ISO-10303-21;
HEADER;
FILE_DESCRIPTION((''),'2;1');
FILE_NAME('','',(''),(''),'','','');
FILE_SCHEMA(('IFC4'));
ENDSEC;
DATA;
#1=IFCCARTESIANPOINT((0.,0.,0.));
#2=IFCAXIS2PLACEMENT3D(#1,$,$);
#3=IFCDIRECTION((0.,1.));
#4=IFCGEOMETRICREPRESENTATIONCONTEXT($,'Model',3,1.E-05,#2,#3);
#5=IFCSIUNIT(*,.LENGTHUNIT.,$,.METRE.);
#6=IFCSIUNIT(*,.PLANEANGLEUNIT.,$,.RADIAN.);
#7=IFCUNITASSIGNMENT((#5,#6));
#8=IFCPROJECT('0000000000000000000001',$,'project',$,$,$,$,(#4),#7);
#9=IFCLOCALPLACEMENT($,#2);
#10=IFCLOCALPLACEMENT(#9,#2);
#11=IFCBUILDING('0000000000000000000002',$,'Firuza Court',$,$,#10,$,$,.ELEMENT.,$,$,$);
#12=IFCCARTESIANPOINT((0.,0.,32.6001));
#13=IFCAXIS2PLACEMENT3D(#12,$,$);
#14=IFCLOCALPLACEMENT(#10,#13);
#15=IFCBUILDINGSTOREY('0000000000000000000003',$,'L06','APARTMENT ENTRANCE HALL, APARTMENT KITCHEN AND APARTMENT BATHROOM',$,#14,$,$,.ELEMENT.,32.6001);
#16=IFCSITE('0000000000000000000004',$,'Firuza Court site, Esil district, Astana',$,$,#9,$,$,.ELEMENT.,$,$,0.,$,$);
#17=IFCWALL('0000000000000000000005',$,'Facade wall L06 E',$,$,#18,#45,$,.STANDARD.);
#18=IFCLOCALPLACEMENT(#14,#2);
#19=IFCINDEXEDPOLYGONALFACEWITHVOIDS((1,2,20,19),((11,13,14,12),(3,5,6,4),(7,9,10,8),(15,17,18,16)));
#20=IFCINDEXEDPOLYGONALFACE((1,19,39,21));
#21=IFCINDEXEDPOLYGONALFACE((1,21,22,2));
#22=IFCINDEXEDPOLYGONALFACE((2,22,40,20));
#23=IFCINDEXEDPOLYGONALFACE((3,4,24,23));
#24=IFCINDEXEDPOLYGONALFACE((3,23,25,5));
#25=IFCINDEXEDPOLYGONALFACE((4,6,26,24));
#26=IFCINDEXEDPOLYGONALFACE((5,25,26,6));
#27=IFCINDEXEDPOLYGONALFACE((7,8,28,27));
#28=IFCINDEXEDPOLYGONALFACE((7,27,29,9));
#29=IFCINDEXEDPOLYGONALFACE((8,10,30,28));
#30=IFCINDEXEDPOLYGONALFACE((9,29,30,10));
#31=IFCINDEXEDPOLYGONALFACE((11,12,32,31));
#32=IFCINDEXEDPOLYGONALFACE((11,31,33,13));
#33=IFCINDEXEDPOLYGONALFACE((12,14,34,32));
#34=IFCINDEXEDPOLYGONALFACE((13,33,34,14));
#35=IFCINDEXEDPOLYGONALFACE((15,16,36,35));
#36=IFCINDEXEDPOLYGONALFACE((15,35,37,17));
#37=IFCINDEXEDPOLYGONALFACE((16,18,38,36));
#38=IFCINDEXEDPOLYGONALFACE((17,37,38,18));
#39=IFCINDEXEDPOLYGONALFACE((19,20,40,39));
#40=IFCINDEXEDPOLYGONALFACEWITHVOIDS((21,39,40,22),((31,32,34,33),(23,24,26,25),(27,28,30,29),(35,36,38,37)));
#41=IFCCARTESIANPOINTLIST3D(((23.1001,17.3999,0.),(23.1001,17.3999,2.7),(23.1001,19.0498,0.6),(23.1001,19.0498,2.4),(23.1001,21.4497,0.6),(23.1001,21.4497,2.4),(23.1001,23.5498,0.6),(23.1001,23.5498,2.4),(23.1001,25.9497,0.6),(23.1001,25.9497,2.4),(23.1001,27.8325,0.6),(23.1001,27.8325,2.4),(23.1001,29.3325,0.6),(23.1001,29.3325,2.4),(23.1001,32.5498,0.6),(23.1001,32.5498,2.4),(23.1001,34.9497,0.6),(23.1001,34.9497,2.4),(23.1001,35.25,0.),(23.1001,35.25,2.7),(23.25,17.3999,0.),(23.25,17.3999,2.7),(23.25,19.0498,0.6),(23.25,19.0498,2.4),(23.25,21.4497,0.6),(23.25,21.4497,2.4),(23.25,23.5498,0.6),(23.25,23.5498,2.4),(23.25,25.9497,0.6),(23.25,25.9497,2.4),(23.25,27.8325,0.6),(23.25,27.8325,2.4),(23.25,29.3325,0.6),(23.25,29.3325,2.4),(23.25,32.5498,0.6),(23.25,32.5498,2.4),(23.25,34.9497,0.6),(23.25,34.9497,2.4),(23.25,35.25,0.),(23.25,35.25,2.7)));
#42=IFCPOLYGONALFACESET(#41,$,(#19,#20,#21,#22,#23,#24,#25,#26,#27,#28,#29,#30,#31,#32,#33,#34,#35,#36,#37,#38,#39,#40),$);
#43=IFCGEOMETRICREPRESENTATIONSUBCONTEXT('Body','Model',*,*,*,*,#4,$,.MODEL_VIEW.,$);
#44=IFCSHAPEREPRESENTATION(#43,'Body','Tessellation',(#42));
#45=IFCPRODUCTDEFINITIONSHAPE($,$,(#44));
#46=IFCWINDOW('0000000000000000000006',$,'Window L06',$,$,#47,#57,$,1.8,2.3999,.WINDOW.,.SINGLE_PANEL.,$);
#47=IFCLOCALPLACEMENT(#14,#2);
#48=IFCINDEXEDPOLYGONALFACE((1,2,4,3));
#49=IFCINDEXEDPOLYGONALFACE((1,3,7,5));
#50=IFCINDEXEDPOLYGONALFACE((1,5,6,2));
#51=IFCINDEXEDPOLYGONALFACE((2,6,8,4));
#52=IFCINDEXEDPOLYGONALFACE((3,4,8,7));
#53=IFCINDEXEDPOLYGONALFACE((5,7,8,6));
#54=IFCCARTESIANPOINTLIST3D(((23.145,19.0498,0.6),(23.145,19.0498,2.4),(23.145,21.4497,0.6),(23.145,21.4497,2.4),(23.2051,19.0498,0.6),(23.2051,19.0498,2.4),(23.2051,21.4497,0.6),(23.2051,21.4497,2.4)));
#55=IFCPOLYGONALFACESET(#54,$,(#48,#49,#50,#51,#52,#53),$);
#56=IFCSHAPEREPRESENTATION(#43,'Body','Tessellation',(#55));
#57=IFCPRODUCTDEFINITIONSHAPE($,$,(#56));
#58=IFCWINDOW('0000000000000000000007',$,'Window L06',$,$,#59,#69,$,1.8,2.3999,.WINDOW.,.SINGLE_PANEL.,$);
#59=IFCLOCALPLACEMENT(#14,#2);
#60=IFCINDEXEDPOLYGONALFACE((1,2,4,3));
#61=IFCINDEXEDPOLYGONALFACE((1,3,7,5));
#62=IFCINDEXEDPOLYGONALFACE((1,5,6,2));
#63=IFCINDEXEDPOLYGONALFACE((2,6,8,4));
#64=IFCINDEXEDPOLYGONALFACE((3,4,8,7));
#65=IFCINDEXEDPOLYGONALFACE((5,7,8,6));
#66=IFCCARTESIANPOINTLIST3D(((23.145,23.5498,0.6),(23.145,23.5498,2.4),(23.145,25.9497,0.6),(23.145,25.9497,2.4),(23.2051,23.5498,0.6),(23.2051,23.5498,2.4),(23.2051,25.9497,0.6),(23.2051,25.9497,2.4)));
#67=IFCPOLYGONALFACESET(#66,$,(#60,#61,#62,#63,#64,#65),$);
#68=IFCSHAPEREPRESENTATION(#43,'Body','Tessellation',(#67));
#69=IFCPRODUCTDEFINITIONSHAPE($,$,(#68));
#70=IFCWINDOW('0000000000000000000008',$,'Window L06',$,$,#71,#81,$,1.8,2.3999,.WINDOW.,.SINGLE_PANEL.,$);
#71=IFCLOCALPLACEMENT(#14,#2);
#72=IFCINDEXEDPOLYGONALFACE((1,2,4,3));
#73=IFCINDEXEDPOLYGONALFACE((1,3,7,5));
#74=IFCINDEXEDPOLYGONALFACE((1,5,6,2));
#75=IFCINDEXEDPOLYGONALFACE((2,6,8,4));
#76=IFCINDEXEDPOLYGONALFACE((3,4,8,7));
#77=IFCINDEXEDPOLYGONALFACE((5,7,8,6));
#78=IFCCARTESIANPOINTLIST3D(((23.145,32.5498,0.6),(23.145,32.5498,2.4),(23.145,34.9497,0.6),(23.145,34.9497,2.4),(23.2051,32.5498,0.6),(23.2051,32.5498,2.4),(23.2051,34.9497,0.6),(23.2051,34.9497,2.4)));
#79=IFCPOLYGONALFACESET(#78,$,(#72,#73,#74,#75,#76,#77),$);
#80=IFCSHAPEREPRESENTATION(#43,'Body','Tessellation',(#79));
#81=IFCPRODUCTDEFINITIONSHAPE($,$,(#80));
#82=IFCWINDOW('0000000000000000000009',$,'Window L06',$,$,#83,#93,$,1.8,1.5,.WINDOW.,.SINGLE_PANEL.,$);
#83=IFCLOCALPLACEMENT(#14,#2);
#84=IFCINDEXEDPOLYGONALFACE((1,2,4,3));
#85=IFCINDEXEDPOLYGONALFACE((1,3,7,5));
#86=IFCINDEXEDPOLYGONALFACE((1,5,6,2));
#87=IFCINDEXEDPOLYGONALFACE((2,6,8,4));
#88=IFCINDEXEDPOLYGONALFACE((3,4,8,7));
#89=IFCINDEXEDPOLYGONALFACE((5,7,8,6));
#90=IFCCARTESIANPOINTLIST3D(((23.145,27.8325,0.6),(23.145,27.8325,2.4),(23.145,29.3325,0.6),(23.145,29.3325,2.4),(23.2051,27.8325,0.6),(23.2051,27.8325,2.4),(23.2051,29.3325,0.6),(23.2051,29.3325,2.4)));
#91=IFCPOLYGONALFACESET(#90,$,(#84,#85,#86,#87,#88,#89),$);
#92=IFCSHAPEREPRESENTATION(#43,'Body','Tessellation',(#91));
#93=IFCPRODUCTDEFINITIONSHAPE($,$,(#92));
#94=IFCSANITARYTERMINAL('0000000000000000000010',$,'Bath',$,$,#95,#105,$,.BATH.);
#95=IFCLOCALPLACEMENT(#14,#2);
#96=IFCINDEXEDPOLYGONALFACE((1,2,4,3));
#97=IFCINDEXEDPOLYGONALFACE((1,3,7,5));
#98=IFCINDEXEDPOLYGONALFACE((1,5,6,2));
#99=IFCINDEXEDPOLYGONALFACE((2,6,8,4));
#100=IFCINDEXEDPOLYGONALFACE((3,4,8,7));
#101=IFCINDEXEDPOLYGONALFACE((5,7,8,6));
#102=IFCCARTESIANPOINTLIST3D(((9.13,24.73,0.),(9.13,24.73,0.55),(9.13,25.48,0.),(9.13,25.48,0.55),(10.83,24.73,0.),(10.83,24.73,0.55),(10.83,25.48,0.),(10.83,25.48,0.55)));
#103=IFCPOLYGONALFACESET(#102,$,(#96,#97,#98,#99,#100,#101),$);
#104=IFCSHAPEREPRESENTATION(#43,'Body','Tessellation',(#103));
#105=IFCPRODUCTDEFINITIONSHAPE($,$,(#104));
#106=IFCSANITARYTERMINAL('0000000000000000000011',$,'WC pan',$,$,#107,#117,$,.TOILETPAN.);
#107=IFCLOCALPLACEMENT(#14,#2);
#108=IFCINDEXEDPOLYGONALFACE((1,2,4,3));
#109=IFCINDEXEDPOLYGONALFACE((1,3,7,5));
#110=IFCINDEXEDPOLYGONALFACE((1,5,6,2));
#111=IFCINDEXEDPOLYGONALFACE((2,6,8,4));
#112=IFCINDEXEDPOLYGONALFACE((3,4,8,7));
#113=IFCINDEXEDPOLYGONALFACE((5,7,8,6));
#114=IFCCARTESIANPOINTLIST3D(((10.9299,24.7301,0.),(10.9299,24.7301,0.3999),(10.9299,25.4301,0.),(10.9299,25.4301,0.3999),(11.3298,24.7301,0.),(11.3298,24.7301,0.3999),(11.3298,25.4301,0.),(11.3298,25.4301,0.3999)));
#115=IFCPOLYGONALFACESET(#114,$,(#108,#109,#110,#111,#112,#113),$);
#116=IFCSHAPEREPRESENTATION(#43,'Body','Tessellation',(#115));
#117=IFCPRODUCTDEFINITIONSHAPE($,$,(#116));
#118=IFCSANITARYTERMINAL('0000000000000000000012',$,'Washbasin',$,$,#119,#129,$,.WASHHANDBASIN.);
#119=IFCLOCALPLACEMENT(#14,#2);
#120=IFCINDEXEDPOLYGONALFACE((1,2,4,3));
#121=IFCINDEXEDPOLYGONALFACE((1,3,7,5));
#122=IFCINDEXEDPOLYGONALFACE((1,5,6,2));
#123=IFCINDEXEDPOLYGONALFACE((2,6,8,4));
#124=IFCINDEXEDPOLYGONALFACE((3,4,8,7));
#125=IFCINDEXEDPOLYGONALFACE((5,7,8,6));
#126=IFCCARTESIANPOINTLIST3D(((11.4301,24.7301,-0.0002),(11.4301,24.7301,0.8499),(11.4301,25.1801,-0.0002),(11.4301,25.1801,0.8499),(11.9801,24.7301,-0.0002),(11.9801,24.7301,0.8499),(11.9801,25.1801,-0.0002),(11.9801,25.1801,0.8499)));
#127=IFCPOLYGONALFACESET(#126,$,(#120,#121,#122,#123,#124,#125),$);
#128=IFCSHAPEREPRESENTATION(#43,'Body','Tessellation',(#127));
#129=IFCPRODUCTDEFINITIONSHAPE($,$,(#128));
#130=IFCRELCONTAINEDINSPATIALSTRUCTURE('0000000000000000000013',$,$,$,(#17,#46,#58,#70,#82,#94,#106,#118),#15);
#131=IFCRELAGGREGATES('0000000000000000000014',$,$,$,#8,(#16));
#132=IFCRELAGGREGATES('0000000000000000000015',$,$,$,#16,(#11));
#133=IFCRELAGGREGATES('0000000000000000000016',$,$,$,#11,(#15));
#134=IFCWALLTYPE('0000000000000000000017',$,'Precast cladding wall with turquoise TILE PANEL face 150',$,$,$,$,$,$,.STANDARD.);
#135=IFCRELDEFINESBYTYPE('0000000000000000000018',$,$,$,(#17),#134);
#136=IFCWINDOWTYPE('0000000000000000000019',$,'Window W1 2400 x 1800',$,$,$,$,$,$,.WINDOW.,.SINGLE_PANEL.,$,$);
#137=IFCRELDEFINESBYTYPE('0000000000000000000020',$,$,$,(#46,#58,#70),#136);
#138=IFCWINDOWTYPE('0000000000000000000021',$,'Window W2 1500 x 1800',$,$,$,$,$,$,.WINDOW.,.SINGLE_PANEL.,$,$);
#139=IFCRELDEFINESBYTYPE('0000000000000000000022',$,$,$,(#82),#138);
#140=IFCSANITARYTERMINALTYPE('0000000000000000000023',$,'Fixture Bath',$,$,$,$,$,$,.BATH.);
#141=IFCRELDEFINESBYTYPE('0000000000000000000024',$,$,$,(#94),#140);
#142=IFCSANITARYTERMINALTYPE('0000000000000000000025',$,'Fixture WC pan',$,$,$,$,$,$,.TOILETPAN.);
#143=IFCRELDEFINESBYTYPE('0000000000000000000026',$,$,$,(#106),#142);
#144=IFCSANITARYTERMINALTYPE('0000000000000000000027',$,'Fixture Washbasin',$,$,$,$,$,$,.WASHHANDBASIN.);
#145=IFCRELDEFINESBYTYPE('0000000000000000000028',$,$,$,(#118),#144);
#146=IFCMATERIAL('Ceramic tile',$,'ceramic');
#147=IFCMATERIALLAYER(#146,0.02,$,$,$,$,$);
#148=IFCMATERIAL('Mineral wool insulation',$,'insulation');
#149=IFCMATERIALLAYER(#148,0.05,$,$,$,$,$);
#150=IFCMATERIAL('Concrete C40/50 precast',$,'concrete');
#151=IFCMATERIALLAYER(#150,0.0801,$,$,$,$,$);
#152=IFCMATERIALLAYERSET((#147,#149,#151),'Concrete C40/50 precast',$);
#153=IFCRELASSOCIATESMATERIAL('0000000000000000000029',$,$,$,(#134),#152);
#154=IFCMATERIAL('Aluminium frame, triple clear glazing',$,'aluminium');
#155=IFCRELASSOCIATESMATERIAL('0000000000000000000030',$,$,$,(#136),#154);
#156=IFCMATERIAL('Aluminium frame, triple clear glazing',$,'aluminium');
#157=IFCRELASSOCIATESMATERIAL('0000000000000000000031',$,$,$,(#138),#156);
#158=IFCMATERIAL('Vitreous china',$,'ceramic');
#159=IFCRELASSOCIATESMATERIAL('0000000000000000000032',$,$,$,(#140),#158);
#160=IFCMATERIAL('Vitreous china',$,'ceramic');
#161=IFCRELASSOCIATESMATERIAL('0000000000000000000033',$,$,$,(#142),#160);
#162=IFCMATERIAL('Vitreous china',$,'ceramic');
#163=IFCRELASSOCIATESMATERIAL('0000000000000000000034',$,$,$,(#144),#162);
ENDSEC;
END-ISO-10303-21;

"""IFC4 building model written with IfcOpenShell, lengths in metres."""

from ifc_helpers import new_model, si_unit, direction, frame, frame_2d, origin, origin_2d, place, context, subcontext, project, spatial, rectangle, extrude, material, layer, layer_set, type_object, element, fill, save


model = new_model("IFC4")

# Units and contexts
model_context = context("Model", 3, precision=1e-05, world=origin(), true_north=direction((0.0, 1.0)))
body_context = subcontext(model_context, "Body", "Model", "MODEL_VIEW")
ifc_project = project(units=[si_unit("LENGTHUNIT", "METRE"), si_unit("PLANEANGLEUNIT", "RADIAN")], contexts=[model_context])

# Site, building, storey
site_placement = place(None, origin())
site = spatial("IfcSite", under=ifc_project, at=site_placement, Name="Firuza Court site, Esil district, Astana", CompositionType="ELEMENT", RefElevation=0.0)
building_placement = place(site_placement, origin())
building = spatial("IfcBuilding", under=site, at=building_placement, Name="Firuza Court", CompositionType="ELEMENT")
storey_placement = place(building_placement, frame((0.0, 0.0, 32.6001)))
storey = spatial("IfcBuildingStorey", under=building, at=storey_placement, Name="L06", Description="APARTMENT ENTRANCE HALL, APARTMENT KITCHEN AND APARTMENT BATHROOM", CompositionType="ELEMENT", Elevation=32.6001)

# Shared definitions
ifc_material_1 = material(Name="Ceramic tile", Category="ceramic")
ifc_layer_1 = layer(ifc_material_1, 0.02)
ifc_material_2 = material(Name="Mineral wool insulation", Category="insulation")
ifc_layer_2 = layer(ifc_material_2, 0.05)
ifc_material_3 = material(Name="Concrete C40/50 precast", Category="concrete")
ifc_layer_3 = layer(ifc_material_3, 0.0801)
ifc_layer_set_1 = layer_set([ifc_layer_1, ifc_layer_2, ifc_layer_3], Name="Concrete C40/50 precast")
wall_type_1 = type_object("IfcWallType", Name="Precast cladding wall with turquoise TILE PANEL face 150", PredefinedType="STANDARD", material=ifc_layer_set_1)
ifc_material_4 = material(Name="Aluminium frame, triple clear glazing", Category="aluminium")
window_type_1 = type_object("IfcWindowType", Name="Window W1 2400 x 1800", PartitioningType="SINGLE_PANEL", PredefinedType="WINDOW", material=ifc_material_4)

# Wall, openings, windows
wall_1_placement = place(storey_placement, frame((23.175, 17.3999, 0.0), z_axis=(0.0, 0.0, 1.0), x_axis=(0.0, 1.0, 0.0)))
wall_1 = element("IfcWall", 1, at=wall_1_placement, inside=storey, type_object=wall_type_1, Name="Facade wall L06 E", PredefinedType="STANDARD", context=body_context, shape_type="SweptSolid", body=[
    extrude(rectangle(XDim=17.8501, YDim=0.1499, at=frame_2d((8.925, 0.0))), origin(), (0.0, 0.0, 1.0), 2.7),
])
opening_1_placement = place(wall_1_placement, frame((1.6499, 0.0, 0.6001)))
opening_1 = element("IfcOpeningElement", 2, at=opening_1_placement, cuts=wall_1, PredefinedType="OPENING", context=body_context, shape_type="SweptSolid", body=[
    extrude(rectangle(XDim=2.3999, YDim=1.8, at=frame_2d((1.2, 0.8999))), frame((0.0, 0.0869, 0.0), z_axis=(0.0, -1.0, 0.0), x_axis=(1.0, 0.0, 0.0)), (0.0, 0.0, 1.0), 0.1738),
])
opening_2_placement = place(wall_1_placement, frame((6.1499, 0.0, 0.6001)))
opening_2 = element("IfcOpeningElement", 3, at=opening_2_placement, cuts=wall_1, PredefinedType="OPENING", context=body_context, shape_type="SweptSolid", body=[
    extrude(rectangle(XDim=2.3999, YDim=1.8, at=frame_2d((1.2, 0.8999))), frame((0.0, 0.0869, 0.0), z_axis=(0.0, -1.0, 0.0), x_axis=(1.0, 0.0, 0.0)), (0.0, 0.0, 1.0), 0.1738),
])
opening_3_placement = place(wall_1_placement, frame((10.4326, 0.0, 0.6001)))
opening_3 = element("IfcOpeningElement", 4, at=opening_3_placement, cuts=wall_1, PredefinedType="OPENING", context=body_context, shape_type="SweptSolid", body=[
    extrude(rectangle(XDim=1.5, YDim=1.8, at=frame_2d((0.75, 0.8999))), frame((0.0, 0.0869, 0.0), z_axis=(0.0, -1.0, 0.0), x_axis=(1.0, 0.0, 0.0)), (0.0, 0.0, 1.0), 0.1738),
])
opening_4_placement = place(wall_1_placement, frame((15.1499, 0.0, 0.6001)))
opening_4 = element("IfcOpeningElement", 5, at=opening_4_placement, cuts=wall_1, PredefinedType="OPENING", context=body_context, shape_type="SweptSolid", body=[
    extrude(rectangle(XDim=2.3999, YDim=1.8, at=frame_2d((1.2, 0.8999))), frame((0.0, 0.0869, 0.0), z_axis=(0.0, -1.0, 0.0), x_axis=(1.0, 0.0, 0.0)), (0.0, 0.0, 1.0), 0.1738),
])
window_1_placement = place(opening_1_placement, origin())
window_1 = element("IfcWindow", 6, at=window_1_placement, inside=storey, type_object=window_type_1, Name="Window L06", OverallHeight=1.8, OverallWidth=2.3999, PartitioningType="SINGLE_PANEL", PredefinedType="WINDOW", context=body_context, shape_type="SweptSolid", body=[
    extrude(rectangle(XDim=2.3999, YDim=1.8, at=frame_2d((1.2, 0.8999))), frame((0.0, 0.03, 0.0), z_axis=(0.0, -1.0, 0.0), x_axis=(1.0, 0.0, 0.0)), (0.0, 0.0, 1.0), 0.0601),
])
fill(opening_1, window_1)
window_2_placement = place(opening_2_placement, origin())
window_2 = element("IfcWindow", 7, at=window_2_placement, inside=storey, type_object=window_type_1, Name="Window L06", OverallHeight=1.8, OverallWidth=2.3999, PartitioningType="SINGLE_PANEL", PredefinedType="WINDOW", context=body_context, shape_type="SweptSolid", body=[
    extrude(rectangle(XDim=2.3999, YDim=1.8, at=frame_2d((1.2, 0.8999))), frame((0.0, 0.03, 0.0), z_axis=(0.0, -1.0, 0.0), x_axis=(1.0, 0.0, 0.0)), (0.0, 0.0, 1.0), 0.0601),
])
fill(opening_2, window_2)
window_3_placement = place(opening_4_placement, origin())
window_3 = element("IfcWindow", 8, at=window_3_placement, inside=storey, type_object=window_type_1, Name="Window L06", OverallHeight=1.8, OverallWidth=2.3999, PartitioningType="SINGLE_PANEL", PredefinedType="WINDOW", context=body_context, shape_type="SweptSolid", body=[
    extrude(rectangle(XDim=2.3999, YDim=1.8, at=frame_2d((1.2, 0.8999))), frame((0.0, 0.03, 0.0), z_axis=(0.0, -1.0, 0.0), x_axis=(1.0, 0.0, 0.0)), (0.0, 0.0, 1.0), 0.0601),
])
fill(opening_4, window_3)
ifc_material_5 = material(Name="Aluminium frame, triple clear glazing", Category="aluminium")
window_type_2 = type_object("IfcWindowType", Name="Window W2 1500 x 1800", PartitioningType="SINGLE_PANEL", PredefinedType="WINDOW", material=ifc_material_5)
window_4_placement = place(opening_3_placement, origin())
window_4 = element("IfcWindow", 9, at=window_4_placement, inside=storey, type_object=window_type_2, Name="Window L06", OverallHeight=1.8, OverallWidth=1.5, PartitioningType="SINGLE_PANEL", PredefinedType="WINDOW", context=body_context, shape_type="SweptSolid", body=[
    extrude(rectangle(XDim=1.5, YDim=1.8, at=frame_2d((0.75, 0.8999))), frame((0.0, 0.03, 0.0), z_axis=(0.0, -1.0, 0.0), x_axis=(1.0, 0.0, 0.0)), (0.0, 0.0, 1.0), 0.0601),
])
fill(opening_3, window_4)

# Sanitary terminals
ifc_material_6 = material(Name="Vitreous china", Category="ceramic")
sanitary_terminal_type_1 = type_object("IfcSanitaryTerminalType", Name="Fixture Bath", PredefinedType="BATH", material=ifc_material_6)
sanitary_terminal_1_placement = place(storey_placement, frame((9.98, 25.105, 0.0), z_axis=(0.0, 0.0, 1.0), x_axis=(1.0, 0.0, 0.0)))
element("IfcSanitaryTerminal", 10, at=sanitary_terminal_1_placement, inside=storey, type_object=sanitary_terminal_type_1, Name="Bath", PredefinedType="BATH", context=body_context, shape_type="SweptSolid", body=[
    extrude(rectangle(XDim=1.7, YDim=0.75, at=origin_2d()), origin(), (0.0, 0.0, 1.0), 0.55),
])
ifc_material_7 = material(Name="Vitreous china", Category="ceramic")
sanitary_terminal_type_2 = type_object("IfcSanitaryTerminalType", Name="Fixture WC pan", PredefinedType="TOILETPAN", material=ifc_material_7)
sanitary_terminal_2_placement = place(storey_placement, frame((11.1299, 25.0801, 0.0), z_axis=(0.0, 0.0, 1.0), x_axis=(1.0, 0.0, 0.0)))
element("IfcSanitaryTerminal", 11, at=sanitary_terminal_2_placement, inside=storey, type_object=sanitary_terminal_type_2, Name="WC pan", PredefinedType="TOILETPAN", context=body_context, shape_type="SweptSolid", body=[
    extrude(rectangle(XDim=0.3999, YDim=0.7, at=origin_2d()), origin(), (0.0, 0.0, 1.0), 0.3999),
])
ifc_material_8 = material(Name="Vitreous china", Category="ceramic")
sanitary_terminal_type_3 = type_object("IfcSanitaryTerminalType", Name="Fixture Washbasin", PredefinedType="WASHHANDBASIN", material=ifc_material_8)
sanitary_terminal_3_placement = place(storey_placement, frame((11.7051, 24.9551, -0.0002), z_axis=(0.0, 0.0, 1.0), x_axis=(1.0, 0.0, 0.0)))
element("IfcSanitaryTerminal", 12, at=sanitary_terminal_3_placement, inside=storey, type_object=sanitary_terminal_type_3, Name="Washbasin", PredefinedType="WASHHANDBASIN", context=body_context, shape_type="SweptSolid", body=[
    extrude(rectangle(XDim=0.55, YDim=0.45, at=origin_2d()), origin(), (0.0, 0.0, 1.0), 0.8501),
])

save(model, "model.ifc")
